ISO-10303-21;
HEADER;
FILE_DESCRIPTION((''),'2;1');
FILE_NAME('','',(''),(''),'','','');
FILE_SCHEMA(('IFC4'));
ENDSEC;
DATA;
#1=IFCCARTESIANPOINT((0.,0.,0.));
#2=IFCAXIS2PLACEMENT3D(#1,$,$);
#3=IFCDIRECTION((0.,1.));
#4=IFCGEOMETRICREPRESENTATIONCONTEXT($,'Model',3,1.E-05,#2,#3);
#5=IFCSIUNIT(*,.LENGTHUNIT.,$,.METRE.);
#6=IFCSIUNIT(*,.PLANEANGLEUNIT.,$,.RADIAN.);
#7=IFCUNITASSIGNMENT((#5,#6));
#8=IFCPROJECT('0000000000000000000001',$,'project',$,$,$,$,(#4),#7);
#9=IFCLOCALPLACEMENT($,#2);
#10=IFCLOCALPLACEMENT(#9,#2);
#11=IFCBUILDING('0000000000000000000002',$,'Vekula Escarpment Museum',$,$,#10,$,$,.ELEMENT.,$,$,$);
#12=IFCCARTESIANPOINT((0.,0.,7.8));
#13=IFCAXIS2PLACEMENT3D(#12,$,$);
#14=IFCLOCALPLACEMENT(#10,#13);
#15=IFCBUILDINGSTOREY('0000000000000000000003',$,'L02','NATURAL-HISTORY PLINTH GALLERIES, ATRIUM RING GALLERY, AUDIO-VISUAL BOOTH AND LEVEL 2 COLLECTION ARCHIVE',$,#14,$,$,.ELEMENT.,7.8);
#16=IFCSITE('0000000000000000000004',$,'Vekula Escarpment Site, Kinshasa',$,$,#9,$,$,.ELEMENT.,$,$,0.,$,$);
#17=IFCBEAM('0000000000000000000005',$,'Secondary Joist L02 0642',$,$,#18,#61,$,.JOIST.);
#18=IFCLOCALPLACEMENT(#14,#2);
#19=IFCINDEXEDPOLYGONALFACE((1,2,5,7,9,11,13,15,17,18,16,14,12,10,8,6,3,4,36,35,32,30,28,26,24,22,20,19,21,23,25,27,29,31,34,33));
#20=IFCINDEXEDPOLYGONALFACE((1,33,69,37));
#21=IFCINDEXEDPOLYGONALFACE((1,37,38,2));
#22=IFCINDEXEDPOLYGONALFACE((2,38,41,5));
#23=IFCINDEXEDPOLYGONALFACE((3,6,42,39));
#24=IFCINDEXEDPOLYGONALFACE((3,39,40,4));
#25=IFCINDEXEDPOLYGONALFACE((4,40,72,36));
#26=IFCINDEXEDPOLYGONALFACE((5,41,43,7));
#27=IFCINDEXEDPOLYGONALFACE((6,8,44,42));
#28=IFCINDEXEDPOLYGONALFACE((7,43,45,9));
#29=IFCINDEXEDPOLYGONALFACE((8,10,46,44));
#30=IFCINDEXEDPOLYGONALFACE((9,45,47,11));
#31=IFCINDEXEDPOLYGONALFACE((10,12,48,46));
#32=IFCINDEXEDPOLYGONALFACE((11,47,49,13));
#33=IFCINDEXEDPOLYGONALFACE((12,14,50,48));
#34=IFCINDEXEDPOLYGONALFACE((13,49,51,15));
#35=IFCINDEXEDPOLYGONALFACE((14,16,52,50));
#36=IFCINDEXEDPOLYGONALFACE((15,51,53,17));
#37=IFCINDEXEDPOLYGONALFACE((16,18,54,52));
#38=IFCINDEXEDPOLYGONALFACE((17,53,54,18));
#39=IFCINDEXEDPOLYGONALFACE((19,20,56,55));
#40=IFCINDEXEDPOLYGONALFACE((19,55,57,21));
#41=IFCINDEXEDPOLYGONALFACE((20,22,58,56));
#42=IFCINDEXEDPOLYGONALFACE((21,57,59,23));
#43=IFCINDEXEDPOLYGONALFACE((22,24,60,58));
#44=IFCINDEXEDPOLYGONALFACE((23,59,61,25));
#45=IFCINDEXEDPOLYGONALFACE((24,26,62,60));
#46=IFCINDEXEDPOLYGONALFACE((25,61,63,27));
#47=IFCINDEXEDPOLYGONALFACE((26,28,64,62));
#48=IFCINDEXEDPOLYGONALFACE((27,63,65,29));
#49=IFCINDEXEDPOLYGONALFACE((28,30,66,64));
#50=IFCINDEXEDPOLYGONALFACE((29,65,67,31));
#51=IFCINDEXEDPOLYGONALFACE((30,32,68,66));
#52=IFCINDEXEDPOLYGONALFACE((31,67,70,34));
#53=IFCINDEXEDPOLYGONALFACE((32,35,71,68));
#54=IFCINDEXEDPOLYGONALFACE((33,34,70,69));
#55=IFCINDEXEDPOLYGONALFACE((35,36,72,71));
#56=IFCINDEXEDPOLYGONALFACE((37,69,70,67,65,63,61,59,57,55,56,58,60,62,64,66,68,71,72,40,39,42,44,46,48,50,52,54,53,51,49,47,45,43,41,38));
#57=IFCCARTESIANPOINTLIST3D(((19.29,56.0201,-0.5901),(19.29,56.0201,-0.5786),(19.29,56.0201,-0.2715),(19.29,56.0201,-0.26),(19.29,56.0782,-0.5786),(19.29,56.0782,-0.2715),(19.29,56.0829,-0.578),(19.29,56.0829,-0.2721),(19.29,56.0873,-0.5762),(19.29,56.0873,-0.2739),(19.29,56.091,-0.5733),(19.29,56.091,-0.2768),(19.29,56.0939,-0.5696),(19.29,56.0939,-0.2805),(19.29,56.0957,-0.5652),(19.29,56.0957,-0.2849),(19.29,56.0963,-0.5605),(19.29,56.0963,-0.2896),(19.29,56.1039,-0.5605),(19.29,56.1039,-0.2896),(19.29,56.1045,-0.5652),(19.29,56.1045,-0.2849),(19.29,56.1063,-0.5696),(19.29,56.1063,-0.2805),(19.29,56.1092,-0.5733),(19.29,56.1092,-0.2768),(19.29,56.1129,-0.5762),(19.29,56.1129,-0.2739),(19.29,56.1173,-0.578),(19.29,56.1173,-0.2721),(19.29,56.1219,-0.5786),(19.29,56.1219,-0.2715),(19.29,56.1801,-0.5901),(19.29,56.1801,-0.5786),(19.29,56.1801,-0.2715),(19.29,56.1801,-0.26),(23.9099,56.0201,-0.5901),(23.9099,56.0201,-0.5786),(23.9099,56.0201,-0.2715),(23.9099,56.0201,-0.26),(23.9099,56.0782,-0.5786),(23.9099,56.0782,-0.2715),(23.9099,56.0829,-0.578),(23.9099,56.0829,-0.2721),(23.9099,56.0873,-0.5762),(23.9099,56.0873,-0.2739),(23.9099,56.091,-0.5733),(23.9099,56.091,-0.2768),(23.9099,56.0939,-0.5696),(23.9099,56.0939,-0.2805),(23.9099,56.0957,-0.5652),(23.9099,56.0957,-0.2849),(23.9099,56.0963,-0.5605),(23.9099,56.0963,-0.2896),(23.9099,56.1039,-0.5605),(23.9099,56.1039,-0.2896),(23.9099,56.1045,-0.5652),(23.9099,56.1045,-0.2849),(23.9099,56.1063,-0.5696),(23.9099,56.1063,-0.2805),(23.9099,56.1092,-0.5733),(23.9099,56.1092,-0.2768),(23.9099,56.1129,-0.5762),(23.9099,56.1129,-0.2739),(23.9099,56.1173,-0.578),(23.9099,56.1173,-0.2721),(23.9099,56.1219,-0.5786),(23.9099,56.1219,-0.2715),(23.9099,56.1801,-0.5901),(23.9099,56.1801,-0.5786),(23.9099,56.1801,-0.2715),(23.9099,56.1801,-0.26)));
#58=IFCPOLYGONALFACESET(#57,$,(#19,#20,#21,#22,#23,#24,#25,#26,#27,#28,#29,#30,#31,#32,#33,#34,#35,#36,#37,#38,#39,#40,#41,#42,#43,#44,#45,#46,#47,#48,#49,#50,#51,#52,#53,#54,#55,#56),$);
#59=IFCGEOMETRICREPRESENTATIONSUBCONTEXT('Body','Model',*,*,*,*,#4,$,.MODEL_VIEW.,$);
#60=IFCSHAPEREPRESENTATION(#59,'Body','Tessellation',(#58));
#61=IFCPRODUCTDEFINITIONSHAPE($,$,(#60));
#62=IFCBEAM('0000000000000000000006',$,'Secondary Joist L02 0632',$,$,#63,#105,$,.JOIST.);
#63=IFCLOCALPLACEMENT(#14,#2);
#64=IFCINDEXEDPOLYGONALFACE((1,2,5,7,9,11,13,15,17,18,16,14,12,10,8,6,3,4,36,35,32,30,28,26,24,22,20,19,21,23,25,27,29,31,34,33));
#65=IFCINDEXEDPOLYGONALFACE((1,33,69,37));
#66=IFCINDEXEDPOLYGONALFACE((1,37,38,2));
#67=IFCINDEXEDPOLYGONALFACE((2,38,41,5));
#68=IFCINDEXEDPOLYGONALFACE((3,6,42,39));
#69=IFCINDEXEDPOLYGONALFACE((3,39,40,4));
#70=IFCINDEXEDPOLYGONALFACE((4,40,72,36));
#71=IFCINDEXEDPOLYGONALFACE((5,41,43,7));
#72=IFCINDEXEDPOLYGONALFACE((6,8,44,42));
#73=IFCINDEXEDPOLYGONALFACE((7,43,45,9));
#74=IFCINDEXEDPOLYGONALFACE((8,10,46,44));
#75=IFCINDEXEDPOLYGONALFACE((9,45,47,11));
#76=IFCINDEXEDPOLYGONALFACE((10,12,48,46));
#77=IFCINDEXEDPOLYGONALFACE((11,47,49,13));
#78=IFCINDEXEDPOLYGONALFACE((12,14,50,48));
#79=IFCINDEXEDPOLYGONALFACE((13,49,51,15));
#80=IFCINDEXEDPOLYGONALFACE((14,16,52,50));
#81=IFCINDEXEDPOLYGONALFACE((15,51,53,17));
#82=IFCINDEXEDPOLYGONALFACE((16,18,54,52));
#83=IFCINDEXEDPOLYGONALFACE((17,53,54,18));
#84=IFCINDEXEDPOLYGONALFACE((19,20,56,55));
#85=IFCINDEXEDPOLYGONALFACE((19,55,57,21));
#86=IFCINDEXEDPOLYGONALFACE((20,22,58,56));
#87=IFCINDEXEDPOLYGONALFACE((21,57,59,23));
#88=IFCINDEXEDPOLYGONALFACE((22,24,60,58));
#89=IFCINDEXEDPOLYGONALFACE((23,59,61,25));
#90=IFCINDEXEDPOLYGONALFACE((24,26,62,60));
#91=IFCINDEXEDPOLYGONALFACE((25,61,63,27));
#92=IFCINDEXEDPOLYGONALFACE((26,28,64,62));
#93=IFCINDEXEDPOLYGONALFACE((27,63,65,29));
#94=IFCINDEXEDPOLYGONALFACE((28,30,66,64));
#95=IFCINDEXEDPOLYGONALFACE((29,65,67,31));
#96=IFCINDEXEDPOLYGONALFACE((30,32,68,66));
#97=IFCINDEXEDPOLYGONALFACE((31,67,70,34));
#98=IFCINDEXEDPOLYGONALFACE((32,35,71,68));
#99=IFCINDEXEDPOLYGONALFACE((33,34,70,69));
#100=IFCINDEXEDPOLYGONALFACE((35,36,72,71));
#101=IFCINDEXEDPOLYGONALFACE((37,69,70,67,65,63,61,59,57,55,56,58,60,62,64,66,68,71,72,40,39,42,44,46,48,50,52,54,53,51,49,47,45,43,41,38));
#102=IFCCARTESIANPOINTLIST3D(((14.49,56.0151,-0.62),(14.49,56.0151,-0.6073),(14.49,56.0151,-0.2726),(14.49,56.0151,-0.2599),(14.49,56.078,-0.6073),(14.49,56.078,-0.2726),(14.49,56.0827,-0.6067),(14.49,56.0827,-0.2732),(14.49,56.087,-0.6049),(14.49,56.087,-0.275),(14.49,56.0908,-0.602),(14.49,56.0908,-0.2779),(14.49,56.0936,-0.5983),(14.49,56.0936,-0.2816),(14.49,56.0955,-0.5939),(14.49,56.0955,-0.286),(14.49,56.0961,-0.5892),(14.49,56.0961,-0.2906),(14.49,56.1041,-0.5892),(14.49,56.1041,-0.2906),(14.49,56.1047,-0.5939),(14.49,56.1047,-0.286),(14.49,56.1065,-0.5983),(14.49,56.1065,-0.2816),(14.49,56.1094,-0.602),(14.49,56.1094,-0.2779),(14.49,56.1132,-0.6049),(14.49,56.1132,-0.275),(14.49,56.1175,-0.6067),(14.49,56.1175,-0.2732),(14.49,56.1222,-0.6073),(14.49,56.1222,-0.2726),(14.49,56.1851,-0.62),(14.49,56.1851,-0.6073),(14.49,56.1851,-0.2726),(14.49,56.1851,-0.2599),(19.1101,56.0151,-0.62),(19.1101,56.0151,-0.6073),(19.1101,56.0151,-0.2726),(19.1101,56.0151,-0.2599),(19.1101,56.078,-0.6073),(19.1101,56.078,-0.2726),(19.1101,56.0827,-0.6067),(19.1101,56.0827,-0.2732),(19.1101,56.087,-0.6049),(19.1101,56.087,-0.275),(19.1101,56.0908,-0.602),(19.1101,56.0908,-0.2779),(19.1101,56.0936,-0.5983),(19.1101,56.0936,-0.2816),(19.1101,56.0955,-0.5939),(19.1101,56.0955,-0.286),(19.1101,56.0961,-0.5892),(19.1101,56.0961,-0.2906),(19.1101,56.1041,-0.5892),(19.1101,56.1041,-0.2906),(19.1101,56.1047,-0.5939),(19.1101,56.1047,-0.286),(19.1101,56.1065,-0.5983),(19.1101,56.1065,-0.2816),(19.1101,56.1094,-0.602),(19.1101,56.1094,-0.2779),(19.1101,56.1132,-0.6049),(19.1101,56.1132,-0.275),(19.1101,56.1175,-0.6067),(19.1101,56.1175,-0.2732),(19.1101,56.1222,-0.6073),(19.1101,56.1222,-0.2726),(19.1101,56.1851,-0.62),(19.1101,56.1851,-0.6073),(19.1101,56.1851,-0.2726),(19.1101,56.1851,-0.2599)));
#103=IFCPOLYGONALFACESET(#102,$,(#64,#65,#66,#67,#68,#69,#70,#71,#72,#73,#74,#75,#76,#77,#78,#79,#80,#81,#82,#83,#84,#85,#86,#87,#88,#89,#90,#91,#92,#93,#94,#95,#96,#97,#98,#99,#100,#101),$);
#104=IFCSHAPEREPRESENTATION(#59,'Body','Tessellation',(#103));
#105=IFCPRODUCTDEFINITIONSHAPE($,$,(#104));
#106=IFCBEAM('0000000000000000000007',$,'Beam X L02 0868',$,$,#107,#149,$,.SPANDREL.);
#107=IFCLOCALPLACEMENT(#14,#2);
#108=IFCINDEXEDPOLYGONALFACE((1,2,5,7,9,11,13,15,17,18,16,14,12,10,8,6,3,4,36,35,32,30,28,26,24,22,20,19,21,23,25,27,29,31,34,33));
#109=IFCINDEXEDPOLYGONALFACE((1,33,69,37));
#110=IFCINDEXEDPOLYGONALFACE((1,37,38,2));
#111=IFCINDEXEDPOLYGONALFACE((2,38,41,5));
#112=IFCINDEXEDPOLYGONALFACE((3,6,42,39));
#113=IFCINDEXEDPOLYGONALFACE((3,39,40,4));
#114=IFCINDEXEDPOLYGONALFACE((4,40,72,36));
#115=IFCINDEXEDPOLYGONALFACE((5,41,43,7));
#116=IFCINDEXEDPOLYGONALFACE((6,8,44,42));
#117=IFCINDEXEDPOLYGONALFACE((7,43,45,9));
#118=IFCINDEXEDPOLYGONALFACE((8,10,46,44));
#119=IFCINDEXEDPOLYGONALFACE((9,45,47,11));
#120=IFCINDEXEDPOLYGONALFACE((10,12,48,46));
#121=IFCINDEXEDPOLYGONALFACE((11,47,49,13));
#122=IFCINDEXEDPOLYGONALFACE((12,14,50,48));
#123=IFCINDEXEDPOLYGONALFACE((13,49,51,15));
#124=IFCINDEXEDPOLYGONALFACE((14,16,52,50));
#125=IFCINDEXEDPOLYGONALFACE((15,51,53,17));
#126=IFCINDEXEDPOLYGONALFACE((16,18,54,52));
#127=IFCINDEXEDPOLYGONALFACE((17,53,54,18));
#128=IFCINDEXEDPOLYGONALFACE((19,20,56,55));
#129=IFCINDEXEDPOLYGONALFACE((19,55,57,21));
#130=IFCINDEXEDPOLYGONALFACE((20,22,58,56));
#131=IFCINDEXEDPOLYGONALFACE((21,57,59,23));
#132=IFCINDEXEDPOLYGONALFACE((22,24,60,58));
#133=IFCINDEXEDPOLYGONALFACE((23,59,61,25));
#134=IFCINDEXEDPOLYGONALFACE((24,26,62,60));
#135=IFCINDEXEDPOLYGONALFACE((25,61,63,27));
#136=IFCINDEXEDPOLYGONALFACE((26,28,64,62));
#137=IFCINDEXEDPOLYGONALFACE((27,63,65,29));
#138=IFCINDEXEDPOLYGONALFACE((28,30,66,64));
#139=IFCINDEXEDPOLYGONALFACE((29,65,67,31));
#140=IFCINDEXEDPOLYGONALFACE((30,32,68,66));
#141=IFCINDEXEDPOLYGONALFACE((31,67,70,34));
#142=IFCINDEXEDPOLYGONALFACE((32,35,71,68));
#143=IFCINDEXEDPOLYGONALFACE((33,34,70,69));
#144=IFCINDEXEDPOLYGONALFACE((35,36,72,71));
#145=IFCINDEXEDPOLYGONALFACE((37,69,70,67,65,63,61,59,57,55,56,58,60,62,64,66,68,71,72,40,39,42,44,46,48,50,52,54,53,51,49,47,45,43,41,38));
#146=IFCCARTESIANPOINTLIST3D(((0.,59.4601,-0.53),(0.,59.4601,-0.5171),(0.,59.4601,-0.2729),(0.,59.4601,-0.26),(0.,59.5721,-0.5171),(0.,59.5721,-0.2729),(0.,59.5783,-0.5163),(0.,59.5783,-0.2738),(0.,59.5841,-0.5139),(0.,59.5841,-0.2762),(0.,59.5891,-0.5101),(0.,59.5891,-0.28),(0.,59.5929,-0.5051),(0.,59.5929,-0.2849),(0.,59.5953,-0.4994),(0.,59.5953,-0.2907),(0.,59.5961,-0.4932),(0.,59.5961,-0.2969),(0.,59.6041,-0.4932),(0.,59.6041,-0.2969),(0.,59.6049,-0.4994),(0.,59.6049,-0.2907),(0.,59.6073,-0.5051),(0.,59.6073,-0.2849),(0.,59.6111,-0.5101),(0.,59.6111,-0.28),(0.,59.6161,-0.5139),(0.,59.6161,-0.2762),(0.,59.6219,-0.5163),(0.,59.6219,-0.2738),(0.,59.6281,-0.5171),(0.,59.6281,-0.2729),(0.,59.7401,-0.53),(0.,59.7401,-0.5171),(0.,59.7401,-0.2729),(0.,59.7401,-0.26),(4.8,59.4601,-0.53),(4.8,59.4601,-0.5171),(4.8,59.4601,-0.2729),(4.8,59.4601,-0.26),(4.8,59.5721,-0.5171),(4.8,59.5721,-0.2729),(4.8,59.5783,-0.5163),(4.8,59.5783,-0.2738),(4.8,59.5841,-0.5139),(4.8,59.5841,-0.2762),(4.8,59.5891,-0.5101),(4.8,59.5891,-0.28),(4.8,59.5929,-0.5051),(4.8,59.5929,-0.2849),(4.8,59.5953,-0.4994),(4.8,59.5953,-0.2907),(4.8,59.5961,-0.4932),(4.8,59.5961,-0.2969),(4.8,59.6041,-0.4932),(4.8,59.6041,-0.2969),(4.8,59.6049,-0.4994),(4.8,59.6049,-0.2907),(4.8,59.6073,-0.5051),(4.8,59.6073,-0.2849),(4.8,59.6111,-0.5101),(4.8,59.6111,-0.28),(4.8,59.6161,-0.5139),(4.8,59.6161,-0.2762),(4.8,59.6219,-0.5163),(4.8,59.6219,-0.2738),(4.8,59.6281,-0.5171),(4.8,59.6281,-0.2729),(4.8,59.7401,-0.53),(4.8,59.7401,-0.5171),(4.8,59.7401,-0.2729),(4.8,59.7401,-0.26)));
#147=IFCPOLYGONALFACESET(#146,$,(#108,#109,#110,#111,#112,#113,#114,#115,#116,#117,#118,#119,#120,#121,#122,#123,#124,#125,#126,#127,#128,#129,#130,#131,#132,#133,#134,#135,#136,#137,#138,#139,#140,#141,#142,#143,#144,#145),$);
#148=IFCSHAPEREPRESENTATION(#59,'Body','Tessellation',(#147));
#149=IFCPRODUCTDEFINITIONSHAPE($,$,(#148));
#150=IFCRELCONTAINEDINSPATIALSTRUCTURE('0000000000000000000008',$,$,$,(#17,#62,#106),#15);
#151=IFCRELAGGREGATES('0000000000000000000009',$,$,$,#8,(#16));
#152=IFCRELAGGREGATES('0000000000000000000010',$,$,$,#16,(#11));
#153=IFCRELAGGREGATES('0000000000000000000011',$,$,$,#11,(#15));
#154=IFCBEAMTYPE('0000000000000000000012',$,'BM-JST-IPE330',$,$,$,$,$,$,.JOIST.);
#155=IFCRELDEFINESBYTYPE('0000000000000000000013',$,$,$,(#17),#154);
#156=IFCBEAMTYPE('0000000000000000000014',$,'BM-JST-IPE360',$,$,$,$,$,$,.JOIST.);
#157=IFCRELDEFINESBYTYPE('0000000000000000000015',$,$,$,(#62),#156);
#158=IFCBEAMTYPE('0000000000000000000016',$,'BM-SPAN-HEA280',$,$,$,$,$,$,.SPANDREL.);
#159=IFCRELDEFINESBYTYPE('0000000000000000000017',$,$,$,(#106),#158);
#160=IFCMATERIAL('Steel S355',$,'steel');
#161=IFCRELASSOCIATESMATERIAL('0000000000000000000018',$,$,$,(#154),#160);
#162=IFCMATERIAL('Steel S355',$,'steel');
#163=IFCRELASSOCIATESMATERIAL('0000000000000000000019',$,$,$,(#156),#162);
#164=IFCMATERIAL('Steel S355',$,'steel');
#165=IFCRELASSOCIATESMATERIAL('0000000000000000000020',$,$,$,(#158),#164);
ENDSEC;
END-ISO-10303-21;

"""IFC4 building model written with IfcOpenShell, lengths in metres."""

from ifc_helpers import new_model, si_unit, direction, frame, origin, origin_2d, place, context, subcontext, project, spatial, i_section, extrude, material, material_profile, profile_set, type_object, element, save


model = new_model("IFC4")

# Units and contexts
model_context = context("Model", 3, precision=1e-05, world=origin(), true_north=direction((0.0, 1.0)))
body_context = subcontext(model_context, "Body", "Model", "MODEL_VIEW")
ifc_project = project(units=[si_unit("LENGTHUNIT", "METRE"), si_unit("PLANEANGLEUNIT", "RADIAN")], contexts=[model_context])

# Site, building, storey
site_placement = place(None, origin())
site = spatial("IfcSite", under=ifc_project, at=site_placement, Name="Vekula Escarpment Site, Kinshasa", CompositionType="ELEMENT", RefElevation=0.0)
building_placement = place(site_placement, origin())
building = spatial("IfcBuilding", under=site, at=building_placement, Name="Vekula Escarpment Museum", CompositionType="ELEMENT")
storey_placement = place(building_placement, frame((0.0, 0.0, 7.8)))
storey = spatial("IfcBuildingStorey", under=building, at=storey_placement, Name="L02", Description="NATURAL-HISTORY PLINTH GALLERIES, ATRIUM RING GALLERY, AUDIO-VISUAL BOOTH AND LEVEL 2 COLLECTION ARCHIVE", CompositionType="ELEMENT", Elevation=7.8)

# Beams
ifc_material_1 = material(Name="Steel S355", Category="steel")
ifc_material_profile_1 = material_profile(ifc_material_1, i_section(OverallWidth=0.1599, OverallDepth=0.3301, WebThickness=0.0076, FlangeThickness=0.0115, FilletRadius=0.0181, at=origin_2d()), Name="IPE 330")
ifc_profile_set_1 = profile_set([ifc_material_profile_1], Name="Steel S355")
beam_type_1 = type_object("IfcBeamType", Name="BM-JST-IPE330", PredefinedType="JOIST", material=ifc_profile_set_1)
beam_1_placement = place(storey_placement, frame((19.29, 56.1001, -0.425), z_axis=(1.0, 0.0, 0.0), x_axis=(0.0, 1.0, 0.0)))
element("IfcBeam", 1, at=beam_1_placement, inside=storey, type_object=beam_type_1, Name="Secondary Joist L02 0642", PredefinedType="JOIST", context=body_context, shape_type="SweptSolid", body=[
    extrude(i_section(OverallWidth=0.1599, OverallDepth=0.3301, WebThickness=0.0076, FlangeThickness=0.0115, FilletRadius=0.0181, at=origin_2d()), origin(), (0.0, 0.0, 1.0), 4.6199),
])
ifc_material_2 = material(Name="Steel S355", Category="steel")
ifc_material_profile_2 = material_profile(ifc_material_2, i_section(OverallWidth=0.1699, OverallDepth=0.3601, WebThickness=0.0081, FlangeThickness=0.0127, FilletRadius=0.0181, at=origin_2d()), Name="IPE 360")
ifc_profile_set_2 = profile_set([ifc_material_profile_2], Name="Steel S355")
beam_type_2 = type_object("IfcBeamType", Name="BM-JST-IPE360", PredefinedType="JOIST", material=ifc_profile_set_2)
beam_2_placement = place(storey_placement, frame((14.49, 56.1001, -0.4399), z_axis=(1.0, 0.0, 0.0), x_axis=(0.0, 1.0, 0.0)))
element("IfcBeam", 2, at=beam_2_placement, inside=storey, type_object=beam_type_2, Name="Secondary Joist L02 0632", PredefinedType="JOIST", context=body_context, shape_type="SweptSolid", body=[
    extrude(i_section(OverallWidth=0.1699, OverallDepth=0.3601, WebThickness=0.0081, FlangeThickness=0.0127, FilletRadius=0.0181, at=origin_2d()), origin(), (0.0, 0.0, 1.0), 4.6201),
])
ifc_material_3 = material(Name="Steel S355", Category="steel")
ifc_material_profile_3 = material_profile(ifc_material_3, i_section(OverallWidth=0.28, OverallDepth=0.27, WebThickness=0.0081, FlangeThickness=0.0129, FilletRadius=0.0239, at=origin_2d()), Name="HEA 280")
ifc_profile_set_3 = profile_set([ifc_material_profile_3], Name="Steel S355")
beam_type_3 = type_object("IfcBeamType", Name="BM-SPAN-HEA280", PredefinedType="SPANDREL", material=ifc_profile_set_3)
beam_3_placement = place(storey_placement, frame((0.0, 59.6001, -0.395), z_axis=(1.0, 0.0, 0.0), x_axis=(0.0, 1.0, 0.0)))
element("IfcBeam", 3, at=beam_3_placement, inside=storey, type_object=beam_type_3, Name="Beam X L02 0868", PredefinedType="SPANDREL", context=body_context, shape_type="SweptSolid", body=[
    extrude(i_section(OverallWidth=0.28, OverallDepth=0.27, WebThickness=0.0081, FlangeThickness=0.0129, FilletRadius=0.0239, at=origin_2d()), origin(), (0.0, 0.0, 1.0), 4.8),
])

save(model, "model.ifc")
